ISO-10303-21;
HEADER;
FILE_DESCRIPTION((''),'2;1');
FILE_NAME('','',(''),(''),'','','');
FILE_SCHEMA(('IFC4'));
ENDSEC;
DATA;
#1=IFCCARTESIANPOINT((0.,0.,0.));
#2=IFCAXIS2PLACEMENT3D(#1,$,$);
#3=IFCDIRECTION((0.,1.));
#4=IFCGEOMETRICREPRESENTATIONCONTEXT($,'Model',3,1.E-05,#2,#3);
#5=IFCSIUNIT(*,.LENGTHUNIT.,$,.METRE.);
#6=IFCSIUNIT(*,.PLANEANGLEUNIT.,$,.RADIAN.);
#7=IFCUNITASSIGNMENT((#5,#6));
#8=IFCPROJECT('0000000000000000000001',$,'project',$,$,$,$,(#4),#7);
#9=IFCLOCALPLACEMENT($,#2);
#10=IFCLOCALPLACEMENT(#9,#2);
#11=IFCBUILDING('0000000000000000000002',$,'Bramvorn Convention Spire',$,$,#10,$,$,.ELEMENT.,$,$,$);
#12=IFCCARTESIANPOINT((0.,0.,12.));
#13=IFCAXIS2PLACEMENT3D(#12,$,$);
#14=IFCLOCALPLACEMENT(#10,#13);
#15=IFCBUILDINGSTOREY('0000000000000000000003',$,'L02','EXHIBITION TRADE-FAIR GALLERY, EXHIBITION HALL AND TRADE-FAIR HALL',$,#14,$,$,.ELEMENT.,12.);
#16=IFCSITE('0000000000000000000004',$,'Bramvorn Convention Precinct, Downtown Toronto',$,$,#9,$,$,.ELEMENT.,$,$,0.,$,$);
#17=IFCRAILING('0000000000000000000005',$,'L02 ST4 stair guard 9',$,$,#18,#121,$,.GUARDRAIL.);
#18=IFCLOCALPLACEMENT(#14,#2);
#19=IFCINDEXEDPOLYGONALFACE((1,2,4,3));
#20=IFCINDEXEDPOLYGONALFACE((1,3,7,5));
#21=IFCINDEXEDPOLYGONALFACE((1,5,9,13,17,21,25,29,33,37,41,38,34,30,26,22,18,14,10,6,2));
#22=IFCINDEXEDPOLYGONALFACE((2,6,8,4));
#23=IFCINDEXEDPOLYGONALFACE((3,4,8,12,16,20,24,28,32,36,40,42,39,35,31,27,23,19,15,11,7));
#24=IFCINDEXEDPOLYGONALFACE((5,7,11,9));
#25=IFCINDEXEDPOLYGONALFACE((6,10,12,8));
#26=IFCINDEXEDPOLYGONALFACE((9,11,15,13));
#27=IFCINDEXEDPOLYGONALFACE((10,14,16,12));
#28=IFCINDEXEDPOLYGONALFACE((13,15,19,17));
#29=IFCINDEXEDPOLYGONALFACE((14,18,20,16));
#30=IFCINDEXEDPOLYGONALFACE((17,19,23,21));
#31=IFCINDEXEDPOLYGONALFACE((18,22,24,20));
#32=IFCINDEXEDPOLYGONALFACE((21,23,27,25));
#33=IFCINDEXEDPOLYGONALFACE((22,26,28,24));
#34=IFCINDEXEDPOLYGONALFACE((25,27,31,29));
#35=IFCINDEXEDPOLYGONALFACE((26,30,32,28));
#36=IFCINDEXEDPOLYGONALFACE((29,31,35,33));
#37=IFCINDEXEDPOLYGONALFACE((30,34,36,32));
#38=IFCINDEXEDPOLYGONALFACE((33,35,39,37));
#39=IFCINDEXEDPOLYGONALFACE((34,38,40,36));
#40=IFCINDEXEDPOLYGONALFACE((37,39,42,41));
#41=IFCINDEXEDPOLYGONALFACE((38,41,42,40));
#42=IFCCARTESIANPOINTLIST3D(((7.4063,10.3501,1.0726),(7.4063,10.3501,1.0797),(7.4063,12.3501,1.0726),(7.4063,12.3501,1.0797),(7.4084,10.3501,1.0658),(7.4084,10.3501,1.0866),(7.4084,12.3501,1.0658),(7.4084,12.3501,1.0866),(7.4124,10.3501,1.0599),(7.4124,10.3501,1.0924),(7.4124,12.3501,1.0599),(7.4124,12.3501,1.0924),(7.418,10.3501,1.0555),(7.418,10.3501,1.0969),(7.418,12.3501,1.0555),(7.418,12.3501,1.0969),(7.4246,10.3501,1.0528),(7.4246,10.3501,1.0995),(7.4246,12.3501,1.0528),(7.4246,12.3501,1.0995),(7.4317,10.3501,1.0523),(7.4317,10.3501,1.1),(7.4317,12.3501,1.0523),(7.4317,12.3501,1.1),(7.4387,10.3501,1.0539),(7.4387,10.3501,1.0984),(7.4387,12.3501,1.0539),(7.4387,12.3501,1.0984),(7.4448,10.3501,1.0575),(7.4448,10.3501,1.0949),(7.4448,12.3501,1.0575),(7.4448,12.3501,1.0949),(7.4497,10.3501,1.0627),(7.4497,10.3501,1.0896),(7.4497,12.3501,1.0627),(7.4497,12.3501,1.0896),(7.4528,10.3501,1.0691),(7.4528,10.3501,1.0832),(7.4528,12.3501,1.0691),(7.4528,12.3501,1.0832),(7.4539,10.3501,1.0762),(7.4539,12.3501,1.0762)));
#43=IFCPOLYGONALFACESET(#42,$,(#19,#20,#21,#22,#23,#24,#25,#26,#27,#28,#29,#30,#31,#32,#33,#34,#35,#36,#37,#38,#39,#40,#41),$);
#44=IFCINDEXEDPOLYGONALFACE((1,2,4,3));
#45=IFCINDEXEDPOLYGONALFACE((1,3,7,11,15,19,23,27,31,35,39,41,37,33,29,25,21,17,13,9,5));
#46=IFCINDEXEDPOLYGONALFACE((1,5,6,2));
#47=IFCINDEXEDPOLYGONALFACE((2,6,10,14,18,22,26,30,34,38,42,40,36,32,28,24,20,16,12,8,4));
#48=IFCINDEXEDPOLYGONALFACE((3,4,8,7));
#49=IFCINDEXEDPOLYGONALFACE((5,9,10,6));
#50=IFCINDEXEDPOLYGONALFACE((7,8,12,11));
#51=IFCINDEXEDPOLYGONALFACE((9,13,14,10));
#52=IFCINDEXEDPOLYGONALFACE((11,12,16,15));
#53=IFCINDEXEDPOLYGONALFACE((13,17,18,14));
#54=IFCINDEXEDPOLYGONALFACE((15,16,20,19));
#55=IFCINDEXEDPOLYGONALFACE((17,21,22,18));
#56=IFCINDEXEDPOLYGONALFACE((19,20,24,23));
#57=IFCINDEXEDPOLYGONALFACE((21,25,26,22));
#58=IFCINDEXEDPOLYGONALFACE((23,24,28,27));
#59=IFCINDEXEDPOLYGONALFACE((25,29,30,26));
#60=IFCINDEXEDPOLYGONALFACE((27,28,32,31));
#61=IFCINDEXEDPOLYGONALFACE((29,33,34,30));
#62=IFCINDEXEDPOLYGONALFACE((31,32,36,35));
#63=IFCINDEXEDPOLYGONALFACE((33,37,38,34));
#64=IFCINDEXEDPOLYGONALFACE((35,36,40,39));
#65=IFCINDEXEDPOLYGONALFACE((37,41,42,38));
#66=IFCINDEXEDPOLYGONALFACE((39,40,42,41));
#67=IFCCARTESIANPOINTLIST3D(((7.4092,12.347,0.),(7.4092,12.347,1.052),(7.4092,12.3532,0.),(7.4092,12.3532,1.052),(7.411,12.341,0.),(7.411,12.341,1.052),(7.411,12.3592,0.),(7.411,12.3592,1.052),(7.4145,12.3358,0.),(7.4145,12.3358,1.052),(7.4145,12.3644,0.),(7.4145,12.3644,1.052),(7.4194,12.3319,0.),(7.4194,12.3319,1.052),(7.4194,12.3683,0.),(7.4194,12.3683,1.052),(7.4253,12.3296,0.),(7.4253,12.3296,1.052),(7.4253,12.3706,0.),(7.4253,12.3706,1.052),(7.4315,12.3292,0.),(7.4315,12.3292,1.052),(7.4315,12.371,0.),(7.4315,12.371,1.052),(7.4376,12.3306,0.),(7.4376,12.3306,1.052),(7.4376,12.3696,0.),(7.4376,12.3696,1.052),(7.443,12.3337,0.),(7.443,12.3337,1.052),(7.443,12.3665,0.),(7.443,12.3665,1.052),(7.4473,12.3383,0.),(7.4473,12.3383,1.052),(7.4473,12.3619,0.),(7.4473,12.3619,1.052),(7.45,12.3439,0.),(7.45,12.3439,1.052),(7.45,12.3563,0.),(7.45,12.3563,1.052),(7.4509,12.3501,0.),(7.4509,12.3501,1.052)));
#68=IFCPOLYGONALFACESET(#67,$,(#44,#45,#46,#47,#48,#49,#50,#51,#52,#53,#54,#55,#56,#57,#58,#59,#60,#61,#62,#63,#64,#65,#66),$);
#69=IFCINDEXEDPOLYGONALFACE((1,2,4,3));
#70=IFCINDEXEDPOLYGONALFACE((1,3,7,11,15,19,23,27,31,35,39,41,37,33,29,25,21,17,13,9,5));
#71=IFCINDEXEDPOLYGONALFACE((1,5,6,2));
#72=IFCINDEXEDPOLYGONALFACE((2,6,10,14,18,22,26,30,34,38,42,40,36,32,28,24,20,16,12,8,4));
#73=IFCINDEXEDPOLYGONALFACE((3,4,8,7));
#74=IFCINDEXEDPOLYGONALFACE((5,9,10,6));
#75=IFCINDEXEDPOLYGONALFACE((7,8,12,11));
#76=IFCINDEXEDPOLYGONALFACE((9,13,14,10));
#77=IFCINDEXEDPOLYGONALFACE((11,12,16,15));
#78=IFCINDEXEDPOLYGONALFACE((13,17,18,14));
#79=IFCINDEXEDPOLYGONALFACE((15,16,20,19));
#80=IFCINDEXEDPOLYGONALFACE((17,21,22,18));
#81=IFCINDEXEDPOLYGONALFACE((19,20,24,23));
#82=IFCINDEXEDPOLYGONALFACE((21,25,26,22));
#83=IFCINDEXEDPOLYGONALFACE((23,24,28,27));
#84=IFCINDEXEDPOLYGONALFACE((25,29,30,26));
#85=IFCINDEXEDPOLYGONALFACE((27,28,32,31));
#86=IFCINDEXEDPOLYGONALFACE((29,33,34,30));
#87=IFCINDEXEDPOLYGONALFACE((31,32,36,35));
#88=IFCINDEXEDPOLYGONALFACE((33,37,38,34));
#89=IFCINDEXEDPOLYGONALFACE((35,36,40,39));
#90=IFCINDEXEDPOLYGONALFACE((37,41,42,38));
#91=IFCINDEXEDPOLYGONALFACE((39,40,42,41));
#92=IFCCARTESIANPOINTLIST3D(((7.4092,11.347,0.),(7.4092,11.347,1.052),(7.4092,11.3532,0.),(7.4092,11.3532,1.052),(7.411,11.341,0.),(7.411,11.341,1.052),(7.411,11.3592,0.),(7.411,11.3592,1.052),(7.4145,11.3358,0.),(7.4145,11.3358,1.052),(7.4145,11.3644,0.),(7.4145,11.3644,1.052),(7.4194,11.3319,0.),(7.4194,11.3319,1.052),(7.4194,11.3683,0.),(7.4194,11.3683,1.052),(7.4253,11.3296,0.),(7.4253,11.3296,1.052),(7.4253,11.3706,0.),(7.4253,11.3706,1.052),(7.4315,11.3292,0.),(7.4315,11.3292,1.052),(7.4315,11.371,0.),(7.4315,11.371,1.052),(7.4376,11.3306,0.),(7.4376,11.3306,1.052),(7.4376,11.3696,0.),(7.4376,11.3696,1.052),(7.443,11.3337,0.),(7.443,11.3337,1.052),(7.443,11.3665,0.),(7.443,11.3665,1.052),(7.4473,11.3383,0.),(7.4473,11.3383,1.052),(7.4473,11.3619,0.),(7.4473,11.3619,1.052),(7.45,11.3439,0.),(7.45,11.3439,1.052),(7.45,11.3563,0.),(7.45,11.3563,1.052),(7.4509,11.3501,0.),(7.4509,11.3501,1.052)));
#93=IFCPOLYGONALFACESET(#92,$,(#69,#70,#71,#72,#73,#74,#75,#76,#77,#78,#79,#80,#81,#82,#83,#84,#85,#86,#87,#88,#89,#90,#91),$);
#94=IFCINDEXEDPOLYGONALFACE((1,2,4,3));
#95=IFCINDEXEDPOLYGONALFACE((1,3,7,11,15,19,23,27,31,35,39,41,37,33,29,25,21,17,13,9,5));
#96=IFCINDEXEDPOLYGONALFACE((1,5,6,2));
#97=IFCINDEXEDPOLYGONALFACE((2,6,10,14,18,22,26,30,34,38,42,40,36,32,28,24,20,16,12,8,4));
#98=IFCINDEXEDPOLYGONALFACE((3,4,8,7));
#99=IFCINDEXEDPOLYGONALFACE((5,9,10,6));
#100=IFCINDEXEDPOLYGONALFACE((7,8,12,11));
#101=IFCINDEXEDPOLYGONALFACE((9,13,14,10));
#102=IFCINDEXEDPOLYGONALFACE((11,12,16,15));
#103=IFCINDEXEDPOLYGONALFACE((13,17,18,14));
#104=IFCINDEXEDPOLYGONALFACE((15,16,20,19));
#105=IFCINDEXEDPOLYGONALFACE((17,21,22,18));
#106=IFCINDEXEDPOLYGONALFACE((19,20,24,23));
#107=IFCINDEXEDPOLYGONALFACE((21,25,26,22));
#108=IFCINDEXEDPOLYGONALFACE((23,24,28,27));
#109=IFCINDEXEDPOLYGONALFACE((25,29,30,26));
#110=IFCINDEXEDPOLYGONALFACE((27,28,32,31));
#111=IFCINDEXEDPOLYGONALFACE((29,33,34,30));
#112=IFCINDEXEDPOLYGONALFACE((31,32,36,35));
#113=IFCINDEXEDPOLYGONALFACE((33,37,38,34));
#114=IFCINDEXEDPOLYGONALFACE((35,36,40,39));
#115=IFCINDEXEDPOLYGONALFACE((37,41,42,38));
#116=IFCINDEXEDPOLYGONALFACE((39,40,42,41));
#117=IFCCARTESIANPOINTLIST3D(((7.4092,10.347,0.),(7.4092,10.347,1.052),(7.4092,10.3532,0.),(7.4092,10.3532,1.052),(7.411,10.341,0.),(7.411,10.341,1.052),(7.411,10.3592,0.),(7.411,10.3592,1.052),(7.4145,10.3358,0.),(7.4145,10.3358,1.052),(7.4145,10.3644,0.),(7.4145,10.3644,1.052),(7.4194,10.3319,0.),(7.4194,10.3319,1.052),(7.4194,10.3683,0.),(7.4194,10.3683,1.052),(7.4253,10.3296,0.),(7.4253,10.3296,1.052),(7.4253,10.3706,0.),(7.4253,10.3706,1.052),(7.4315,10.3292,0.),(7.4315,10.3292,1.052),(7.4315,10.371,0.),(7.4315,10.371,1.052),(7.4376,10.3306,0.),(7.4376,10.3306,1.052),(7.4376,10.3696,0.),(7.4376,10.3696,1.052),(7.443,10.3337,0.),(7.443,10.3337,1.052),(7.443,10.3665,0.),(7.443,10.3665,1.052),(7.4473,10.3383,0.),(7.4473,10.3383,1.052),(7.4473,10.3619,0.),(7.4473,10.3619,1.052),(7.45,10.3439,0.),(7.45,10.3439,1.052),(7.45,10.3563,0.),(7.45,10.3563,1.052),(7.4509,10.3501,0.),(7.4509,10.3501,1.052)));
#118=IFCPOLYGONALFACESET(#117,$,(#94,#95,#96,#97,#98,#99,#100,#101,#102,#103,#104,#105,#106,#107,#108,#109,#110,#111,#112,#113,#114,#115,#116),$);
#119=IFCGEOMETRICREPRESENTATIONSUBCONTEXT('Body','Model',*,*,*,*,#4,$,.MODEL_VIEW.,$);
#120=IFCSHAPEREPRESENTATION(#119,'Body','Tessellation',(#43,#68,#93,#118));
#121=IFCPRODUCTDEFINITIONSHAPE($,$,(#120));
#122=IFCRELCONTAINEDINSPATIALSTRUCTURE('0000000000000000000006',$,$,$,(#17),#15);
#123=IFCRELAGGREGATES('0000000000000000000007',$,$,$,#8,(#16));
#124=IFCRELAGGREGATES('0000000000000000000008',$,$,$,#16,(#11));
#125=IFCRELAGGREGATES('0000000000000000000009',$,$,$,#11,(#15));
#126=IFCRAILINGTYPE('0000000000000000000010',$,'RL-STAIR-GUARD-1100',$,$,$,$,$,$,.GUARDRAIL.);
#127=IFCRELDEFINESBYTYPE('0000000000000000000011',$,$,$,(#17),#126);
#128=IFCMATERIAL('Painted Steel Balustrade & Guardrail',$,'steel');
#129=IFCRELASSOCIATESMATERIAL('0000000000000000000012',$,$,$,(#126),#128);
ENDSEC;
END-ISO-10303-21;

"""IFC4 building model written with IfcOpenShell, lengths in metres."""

from ifc_helpers import new_model, si_unit, direction, frame, origin, origin_2d, place, context, subcontext, project, spatial, circle, extrude, material, type_object, element, save


model = new_model("IFC4")

# Units and contexts
model_context = context("Model", 3, precision=1e-05, world=origin(), true_north=direction((0.0, 1.0)))
body_context = subcontext(model_context, "Body", "Model", "MODEL_VIEW")
ifc_project = project(units=[si_unit("LENGTHUNIT", "METRE"), si_unit("PLANEANGLEUNIT", "RADIAN")], contexts=[model_context])

# Site, building, storey
site_placement = place(None, origin())
site = spatial("IfcSite", under=ifc_project, at=site_placement, Name="Bramvorn Convention Precinct, Downtown Toronto", CompositionType="ELEMENT", RefElevation=0.0)
building_placement = place(site_placement, origin())
building = spatial("IfcBuilding", under=site, at=building_placement, Name="Bramvorn Convention Spire", CompositionType="ELEMENT")
storey_placement = place(building_placement, frame((0.0, 0.0, 12.0)))
storey = spatial("IfcBuildingStorey", under=building, at=storey_placement, Name="L02", Description="EXHIBITION TRADE-FAIR GALLERY, EXHIBITION HALL AND TRADE-FAIR HALL", CompositionType="ELEMENT", Elevation=12.0)

# Railing
ifc_material_1 = material(Name="Painted Steel Balustrade & Guardrail", Category="steel")
railing_type_1 = type_object("IfcRailingType", Name="RL-STAIR-GUARD-1100", PredefinedType="GUARDRAIL", material=ifc_material_1)
for number, where, name in (
    (1, (7.4299, 12.3501, 0.0), "L02 ST4 stair guard 9"),
):
    element("IfcRailing", number, at=place(storey_placement, frame(where)), inside=storey, type_object=railing_type_1, Name=name, PredefinedType="GUARDRAIL", context=body_context, shape_type="SweptSolid", body=[
        extrude(circle(Radius=0.0239, at=origin_2d()), frame((0.0, 0.0, 1.0762), z_axis=(0.0, -1.0, 0.0), x_axis=(1.0, 0.0, 0.0)), (0.0, 0.0, 1.0), 2.0),
        extrude(circle(Radius=0.021, at=origin_2d()), origin(), (0.0, 0.0, 1.0), 1.052),
        extrude(circle(Radius=0.021, at=origin_2d()), frame((0.0, -1.0, 0.0)), (0.0, 0.0, 1.0), 1.052),
        extrude(circle(Radius=0.021, at=origin_2d()), frame((0.0, -2.0, 0.0)), (0.0, 0.0, 1.0), 1.052),
    ])

save(model, "model.ifc")
